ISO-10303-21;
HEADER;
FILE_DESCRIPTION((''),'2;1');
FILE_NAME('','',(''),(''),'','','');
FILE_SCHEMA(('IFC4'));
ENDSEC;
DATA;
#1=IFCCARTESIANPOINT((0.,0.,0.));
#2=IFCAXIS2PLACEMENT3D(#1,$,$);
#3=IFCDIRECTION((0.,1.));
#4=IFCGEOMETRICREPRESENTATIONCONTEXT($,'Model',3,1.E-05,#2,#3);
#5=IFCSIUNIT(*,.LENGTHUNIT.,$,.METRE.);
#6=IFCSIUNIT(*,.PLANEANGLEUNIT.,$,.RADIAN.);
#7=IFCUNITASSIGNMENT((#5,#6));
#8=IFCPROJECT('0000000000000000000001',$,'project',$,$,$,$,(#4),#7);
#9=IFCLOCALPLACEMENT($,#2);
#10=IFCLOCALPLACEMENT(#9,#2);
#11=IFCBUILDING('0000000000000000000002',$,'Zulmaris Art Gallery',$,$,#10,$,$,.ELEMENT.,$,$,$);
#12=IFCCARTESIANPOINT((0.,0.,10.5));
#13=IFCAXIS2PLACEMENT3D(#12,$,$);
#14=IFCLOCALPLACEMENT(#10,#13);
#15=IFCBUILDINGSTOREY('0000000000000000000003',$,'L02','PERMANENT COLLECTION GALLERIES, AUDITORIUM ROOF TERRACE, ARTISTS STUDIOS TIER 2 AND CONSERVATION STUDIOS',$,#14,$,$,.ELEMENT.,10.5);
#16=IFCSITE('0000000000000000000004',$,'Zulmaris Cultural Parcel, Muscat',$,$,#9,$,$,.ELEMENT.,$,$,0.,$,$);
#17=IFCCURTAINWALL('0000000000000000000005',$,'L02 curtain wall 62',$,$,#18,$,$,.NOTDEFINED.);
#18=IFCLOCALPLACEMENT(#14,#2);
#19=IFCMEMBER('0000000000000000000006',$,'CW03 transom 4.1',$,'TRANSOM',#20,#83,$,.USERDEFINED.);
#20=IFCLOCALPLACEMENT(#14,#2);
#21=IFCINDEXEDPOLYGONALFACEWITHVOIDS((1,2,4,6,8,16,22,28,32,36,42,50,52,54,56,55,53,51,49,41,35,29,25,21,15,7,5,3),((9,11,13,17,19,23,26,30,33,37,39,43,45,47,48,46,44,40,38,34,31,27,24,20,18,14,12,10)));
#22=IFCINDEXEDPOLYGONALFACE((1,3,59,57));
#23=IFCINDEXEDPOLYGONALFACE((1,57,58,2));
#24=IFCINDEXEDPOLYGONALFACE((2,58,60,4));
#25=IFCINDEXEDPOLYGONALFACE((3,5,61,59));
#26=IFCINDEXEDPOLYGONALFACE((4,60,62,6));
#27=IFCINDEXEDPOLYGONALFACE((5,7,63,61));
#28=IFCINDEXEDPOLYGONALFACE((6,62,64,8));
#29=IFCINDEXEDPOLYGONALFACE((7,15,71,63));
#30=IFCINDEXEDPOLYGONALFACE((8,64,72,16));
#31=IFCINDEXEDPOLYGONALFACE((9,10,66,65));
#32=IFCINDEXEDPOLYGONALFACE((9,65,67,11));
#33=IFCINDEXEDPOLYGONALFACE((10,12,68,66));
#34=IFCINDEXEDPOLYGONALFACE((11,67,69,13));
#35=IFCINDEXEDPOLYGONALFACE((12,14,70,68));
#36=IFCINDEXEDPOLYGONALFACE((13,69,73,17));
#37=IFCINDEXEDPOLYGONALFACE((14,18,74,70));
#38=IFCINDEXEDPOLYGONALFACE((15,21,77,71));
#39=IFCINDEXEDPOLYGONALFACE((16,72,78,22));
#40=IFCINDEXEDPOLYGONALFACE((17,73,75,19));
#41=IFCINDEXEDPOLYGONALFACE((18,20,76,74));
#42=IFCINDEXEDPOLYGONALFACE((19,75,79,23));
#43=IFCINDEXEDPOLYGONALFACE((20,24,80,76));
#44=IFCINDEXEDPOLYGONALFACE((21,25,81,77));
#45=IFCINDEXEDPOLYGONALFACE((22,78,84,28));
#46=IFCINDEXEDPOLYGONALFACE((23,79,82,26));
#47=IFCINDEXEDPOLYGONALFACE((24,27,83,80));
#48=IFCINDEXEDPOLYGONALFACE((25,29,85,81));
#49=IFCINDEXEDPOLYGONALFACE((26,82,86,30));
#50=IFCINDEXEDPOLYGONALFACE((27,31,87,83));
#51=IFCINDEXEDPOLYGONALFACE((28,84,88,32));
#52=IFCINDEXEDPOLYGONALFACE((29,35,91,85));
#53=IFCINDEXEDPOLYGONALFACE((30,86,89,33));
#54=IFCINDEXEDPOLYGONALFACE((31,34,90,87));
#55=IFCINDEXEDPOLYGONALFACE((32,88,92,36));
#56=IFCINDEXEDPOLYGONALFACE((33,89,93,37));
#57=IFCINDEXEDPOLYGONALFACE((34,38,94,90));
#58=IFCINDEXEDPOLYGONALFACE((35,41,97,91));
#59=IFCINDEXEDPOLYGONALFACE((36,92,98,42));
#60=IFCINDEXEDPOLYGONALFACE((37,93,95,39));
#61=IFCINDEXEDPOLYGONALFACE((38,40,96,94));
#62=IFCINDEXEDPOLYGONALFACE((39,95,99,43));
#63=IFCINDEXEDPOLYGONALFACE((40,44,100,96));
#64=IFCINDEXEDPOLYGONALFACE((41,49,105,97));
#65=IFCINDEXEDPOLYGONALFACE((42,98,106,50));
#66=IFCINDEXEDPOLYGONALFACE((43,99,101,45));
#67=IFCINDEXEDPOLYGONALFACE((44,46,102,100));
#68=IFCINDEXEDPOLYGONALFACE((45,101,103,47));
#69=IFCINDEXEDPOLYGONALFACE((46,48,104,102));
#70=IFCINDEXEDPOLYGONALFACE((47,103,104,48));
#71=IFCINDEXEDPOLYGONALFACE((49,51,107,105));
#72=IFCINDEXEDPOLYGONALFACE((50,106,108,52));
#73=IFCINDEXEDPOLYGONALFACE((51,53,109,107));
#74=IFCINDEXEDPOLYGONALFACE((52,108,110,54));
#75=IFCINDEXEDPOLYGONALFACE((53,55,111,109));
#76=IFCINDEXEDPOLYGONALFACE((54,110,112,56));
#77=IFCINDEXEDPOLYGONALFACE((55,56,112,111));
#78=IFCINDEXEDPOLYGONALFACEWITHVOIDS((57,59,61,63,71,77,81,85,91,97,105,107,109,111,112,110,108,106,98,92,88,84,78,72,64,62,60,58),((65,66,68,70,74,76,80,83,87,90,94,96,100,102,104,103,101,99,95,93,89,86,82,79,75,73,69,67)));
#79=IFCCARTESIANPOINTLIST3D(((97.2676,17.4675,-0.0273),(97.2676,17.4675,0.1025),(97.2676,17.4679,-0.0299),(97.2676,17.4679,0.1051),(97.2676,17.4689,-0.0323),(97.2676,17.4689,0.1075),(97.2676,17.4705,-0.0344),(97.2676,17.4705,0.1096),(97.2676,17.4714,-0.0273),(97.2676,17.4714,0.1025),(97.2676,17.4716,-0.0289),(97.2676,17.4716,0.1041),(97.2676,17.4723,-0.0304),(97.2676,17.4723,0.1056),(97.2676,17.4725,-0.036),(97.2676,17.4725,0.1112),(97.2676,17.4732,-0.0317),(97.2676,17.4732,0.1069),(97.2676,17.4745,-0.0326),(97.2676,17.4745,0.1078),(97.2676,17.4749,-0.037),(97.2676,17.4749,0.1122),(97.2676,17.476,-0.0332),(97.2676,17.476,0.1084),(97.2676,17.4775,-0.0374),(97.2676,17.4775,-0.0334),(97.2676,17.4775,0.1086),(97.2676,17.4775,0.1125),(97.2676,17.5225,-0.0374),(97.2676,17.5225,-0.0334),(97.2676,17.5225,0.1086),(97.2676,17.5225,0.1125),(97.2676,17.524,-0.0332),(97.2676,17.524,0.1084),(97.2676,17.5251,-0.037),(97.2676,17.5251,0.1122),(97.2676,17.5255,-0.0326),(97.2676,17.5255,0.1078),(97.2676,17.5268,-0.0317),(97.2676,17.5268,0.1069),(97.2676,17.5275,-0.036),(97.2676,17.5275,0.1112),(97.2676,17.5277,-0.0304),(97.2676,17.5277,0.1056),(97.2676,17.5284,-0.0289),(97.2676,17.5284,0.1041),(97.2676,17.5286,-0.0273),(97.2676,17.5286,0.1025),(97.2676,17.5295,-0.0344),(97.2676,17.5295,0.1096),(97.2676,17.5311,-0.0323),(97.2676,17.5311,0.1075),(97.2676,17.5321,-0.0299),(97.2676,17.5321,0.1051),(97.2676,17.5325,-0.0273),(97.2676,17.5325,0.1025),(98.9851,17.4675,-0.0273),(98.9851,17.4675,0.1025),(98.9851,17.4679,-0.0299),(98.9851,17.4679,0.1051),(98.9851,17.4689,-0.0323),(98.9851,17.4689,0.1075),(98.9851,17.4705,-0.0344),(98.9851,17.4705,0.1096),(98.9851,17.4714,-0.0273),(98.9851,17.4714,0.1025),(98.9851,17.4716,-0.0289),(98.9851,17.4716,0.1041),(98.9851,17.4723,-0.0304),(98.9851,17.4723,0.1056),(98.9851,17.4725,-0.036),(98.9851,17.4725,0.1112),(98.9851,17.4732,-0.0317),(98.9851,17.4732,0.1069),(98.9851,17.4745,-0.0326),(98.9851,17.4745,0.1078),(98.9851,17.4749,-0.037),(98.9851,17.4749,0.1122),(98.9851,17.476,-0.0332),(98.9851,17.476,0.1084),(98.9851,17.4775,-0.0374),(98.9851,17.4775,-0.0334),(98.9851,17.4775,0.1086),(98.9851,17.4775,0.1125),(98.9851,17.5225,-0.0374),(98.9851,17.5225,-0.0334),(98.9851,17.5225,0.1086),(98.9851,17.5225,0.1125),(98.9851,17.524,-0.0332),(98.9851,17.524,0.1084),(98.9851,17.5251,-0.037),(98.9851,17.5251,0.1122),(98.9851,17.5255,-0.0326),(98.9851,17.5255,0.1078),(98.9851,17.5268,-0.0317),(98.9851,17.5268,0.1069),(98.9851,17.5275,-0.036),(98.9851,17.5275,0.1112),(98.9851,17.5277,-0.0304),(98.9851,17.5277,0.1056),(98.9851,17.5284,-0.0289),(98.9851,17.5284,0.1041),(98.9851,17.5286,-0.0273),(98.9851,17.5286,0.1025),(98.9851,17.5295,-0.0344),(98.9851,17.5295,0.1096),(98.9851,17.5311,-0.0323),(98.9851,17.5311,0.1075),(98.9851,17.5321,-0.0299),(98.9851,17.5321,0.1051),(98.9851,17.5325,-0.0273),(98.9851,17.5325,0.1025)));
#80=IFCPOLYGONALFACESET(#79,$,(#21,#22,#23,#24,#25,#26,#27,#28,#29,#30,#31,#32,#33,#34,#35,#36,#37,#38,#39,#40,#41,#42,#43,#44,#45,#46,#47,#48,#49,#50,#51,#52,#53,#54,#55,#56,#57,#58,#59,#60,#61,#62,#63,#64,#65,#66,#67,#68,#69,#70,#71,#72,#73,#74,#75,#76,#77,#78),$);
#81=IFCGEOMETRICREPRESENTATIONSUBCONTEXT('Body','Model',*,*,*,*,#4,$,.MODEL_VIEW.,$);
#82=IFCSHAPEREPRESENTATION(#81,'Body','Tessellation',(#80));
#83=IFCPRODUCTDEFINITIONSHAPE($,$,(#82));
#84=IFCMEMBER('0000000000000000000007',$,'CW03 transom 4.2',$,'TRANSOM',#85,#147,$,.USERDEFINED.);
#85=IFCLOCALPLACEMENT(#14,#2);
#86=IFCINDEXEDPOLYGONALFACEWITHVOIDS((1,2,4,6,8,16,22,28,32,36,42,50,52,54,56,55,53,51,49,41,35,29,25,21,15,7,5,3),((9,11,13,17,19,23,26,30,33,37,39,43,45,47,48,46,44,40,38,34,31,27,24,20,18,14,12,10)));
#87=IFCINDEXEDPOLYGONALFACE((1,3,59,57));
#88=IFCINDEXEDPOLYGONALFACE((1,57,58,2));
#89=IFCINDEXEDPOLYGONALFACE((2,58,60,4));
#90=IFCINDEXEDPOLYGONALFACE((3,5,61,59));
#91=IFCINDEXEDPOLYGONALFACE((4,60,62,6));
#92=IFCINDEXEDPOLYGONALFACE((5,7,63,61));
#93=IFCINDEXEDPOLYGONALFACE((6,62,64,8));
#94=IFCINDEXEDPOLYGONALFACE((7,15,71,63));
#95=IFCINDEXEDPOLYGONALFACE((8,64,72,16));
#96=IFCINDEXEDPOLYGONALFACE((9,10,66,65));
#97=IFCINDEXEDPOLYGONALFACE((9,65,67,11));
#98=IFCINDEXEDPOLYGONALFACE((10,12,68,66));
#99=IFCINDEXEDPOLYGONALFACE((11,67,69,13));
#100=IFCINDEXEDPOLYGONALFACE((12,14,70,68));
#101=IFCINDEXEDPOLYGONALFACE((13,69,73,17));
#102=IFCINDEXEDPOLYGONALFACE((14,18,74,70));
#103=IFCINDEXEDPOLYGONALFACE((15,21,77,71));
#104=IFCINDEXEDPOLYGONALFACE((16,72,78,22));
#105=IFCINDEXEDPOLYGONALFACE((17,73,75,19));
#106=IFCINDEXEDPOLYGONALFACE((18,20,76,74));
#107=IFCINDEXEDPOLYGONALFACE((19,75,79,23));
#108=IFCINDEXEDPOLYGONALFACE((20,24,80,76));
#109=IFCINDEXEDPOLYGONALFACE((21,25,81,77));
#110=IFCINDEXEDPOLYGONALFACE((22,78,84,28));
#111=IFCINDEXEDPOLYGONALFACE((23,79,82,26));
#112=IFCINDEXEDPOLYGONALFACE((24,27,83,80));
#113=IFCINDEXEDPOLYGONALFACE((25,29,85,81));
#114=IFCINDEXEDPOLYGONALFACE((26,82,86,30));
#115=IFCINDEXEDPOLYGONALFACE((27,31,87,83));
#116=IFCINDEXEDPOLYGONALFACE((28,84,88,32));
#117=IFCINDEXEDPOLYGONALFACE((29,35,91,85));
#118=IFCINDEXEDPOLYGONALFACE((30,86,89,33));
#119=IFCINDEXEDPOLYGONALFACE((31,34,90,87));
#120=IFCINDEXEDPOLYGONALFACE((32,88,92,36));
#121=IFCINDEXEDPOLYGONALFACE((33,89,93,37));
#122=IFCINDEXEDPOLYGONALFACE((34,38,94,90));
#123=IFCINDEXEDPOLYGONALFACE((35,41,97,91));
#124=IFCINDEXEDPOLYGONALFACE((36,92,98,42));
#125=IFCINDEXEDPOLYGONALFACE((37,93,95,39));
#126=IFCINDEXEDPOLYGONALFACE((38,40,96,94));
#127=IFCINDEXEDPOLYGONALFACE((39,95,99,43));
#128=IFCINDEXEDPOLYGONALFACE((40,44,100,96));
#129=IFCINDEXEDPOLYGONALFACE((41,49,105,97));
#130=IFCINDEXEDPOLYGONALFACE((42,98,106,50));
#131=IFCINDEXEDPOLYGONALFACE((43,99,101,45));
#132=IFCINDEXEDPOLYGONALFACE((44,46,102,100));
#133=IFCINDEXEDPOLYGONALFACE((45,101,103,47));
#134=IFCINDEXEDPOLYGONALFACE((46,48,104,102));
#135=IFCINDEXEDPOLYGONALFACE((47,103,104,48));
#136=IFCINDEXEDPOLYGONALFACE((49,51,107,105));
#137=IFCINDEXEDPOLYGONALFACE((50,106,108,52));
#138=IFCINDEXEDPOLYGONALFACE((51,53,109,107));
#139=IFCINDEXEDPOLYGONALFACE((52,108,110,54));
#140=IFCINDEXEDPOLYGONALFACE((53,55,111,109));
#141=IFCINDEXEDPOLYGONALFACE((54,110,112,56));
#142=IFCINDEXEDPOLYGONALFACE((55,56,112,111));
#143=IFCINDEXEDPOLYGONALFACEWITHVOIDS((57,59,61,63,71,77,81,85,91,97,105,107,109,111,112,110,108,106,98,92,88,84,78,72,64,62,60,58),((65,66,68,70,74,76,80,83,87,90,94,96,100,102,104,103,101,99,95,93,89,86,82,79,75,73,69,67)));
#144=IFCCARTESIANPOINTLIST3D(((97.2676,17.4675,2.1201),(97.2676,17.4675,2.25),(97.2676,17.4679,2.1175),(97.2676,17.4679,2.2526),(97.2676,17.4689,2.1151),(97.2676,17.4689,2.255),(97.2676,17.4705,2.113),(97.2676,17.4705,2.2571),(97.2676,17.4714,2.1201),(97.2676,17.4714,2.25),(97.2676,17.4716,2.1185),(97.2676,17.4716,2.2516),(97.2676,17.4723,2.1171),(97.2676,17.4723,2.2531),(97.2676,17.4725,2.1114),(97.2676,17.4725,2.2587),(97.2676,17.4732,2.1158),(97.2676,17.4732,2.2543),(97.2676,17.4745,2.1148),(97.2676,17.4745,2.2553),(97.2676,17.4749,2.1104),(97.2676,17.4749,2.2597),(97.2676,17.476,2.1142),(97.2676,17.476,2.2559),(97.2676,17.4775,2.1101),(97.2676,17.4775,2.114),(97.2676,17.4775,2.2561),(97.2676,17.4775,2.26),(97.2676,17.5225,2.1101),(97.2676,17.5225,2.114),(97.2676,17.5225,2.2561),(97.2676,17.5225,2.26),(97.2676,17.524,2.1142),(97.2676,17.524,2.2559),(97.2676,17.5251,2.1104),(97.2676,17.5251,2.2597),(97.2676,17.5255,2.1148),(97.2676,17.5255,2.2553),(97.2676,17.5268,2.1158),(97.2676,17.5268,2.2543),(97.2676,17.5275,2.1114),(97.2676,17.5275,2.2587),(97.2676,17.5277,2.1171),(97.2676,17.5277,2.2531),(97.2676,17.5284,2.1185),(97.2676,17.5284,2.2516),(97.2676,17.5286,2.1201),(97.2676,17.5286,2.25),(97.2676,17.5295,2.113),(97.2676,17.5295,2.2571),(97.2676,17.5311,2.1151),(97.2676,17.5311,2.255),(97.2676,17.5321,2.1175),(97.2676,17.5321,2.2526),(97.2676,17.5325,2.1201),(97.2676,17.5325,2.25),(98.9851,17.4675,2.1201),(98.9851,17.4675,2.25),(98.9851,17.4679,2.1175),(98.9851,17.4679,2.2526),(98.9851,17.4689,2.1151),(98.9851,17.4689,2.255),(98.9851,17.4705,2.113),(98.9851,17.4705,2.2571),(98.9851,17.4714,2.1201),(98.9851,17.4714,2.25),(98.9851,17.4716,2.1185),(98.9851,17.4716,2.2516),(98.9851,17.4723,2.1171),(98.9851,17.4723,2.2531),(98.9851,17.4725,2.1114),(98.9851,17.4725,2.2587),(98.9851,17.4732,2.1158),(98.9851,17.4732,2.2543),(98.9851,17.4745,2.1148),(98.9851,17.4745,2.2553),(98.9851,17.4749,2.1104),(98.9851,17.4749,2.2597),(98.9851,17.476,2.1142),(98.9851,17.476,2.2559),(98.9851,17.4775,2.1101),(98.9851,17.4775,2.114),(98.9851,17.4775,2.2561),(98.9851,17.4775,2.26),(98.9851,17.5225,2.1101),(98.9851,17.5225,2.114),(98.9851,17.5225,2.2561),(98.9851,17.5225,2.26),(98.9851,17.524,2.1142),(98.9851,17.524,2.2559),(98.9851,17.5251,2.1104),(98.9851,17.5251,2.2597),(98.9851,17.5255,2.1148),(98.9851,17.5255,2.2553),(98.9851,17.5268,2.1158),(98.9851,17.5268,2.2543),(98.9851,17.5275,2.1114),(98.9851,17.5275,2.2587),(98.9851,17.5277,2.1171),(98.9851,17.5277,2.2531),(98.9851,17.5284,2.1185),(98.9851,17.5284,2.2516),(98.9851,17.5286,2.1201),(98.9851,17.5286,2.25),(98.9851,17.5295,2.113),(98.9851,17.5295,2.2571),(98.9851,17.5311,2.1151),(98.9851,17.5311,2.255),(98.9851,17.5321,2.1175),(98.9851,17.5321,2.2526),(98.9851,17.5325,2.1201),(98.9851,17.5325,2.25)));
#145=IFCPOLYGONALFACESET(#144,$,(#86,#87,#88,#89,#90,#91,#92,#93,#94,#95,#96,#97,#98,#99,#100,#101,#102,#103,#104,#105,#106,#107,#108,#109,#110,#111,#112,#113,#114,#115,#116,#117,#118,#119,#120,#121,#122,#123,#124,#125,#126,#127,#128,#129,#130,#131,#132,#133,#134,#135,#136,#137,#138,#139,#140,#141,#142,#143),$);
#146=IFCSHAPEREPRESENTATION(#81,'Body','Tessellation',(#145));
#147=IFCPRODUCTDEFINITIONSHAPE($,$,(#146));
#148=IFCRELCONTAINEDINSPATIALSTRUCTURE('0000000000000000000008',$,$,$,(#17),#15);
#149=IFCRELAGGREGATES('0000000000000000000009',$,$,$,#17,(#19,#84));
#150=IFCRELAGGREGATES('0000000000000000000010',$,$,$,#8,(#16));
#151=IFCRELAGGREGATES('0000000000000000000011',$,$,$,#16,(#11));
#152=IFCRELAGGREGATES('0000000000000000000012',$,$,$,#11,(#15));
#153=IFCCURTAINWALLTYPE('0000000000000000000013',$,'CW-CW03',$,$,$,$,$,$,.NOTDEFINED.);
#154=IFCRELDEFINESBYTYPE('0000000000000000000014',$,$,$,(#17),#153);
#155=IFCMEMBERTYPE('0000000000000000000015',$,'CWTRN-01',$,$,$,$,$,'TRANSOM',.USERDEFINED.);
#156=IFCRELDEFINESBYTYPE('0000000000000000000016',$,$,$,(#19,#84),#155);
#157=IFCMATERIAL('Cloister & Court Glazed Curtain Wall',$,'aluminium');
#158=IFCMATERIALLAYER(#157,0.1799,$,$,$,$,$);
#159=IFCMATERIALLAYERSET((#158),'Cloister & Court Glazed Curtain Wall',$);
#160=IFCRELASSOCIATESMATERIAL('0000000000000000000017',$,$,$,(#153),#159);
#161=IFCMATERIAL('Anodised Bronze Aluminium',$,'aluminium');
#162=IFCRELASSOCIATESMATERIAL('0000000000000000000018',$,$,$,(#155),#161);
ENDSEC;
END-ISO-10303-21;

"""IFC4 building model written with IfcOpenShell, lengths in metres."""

from ifc_helpers import new_model, si_unit, direction, frame, origin, origin_2d, place, context, subcontext, project, spatial, hollow_rectangle, extrude, material, layer, layer_set, material_profile, profile_set, type_object, element, aggregate, save


model = new_model("IFC4")

# Units and contexts
model_context = context("Model", 3, precision=1e-05, world=origin(), true_north=direction((0.0, 1.0)))
body_context = subcontext(model_context, "Body", "Model", "MODEL_VIEW")
ifc_project = project(units=[si_unit("LENGTHUNIT", "METRE"), si_unit("PLANEANGLEUNIT", "RADIAN")], contexts=[model_context])

# Site, building, storey
site_placement = place(None, origin())
site = spatial("IfcSite", under=ifc_project, at=site_placement, Name="Zulmaris Cultural Parcel, Muscat", CompositionType="ELEMENT", RefElevation=0.0)
building_placement = place(site_placement, origin())
building = spatial("IfcBuilding", under=site, at=building_placement, Name="Zulmaris Art Gallery", CompositionType="ELEMENT")
storey_placement = place(building_placement, frame((0.0, 0.0, 10.5)))
storey = spatial("IfcBuildingStorey", under=building, at=storey_placement, Name="L02", Description="PERMANENT COLLECTION GALLERIES, AUDITORIUM ROOF TERRACE, ARTISTS STUDIOS TIER 2 AND CONSERVATION STUDIOS", CompositionType="ELEMENT", Elevation=10.5)

# Curtain wall
ifc_material_1 = material(Name="Cloister & Court Glazed Curtain Wall", Category="aluminium")
ifc_layer_1 = layer(ifc_material_1, 0.1799)
ifc_layer_set_1 = layer_set([ifc_layer_1], Name="Cloister & Court Glazed Curtain Wall")
curtain_wall_type = type_object("IfcCurtainWallType", Name="CW-CW03", PredefinedType="NOTDEFINED", material=ifc_layer_set_1)
curtain_wall_1_placement = place(storey_placement, origin())
curtain_wall_1 = element("IfcCurtainWall", 1, at=curtain_wall_1_placement, inside=storey, type_object=curtain_wall_type, Name="L02 curtain wall 62", PredefinedType="NOTDEFINED")
ifc_material_2 = material(Name="Anodised Bronze Aluminium", Category="aluminium")

# Members
ifc_material_profile_1 = material_profile(ifc_material_2, hollow_rectangle(XDim=0.0649, YDim=0.1499, WallThickness=0.0039, InnerFilletRadius=0.0061, OuterFilletRadius=0.01, at=origin_2d()), Name="ALU 65x150x4")
ifc_profile_set_1 = profile_set([ifc_material_profile_1], Name="Anodised Bronze Aluminium")
member_type_1 = type_object("IfcMemberType", Name="CWTRN-01", ElementType="TRANSOM", PredefinedType="USERDEFINED", material=ifc_profile_set_1)
member_1_placement = place(storey_placement, frame((97.2676, 17.5, 0.0376), z_axis=(1.0, 0.0, 0.0), x_axis=(0.0, 1.0, 0.0)))
member_1 = element("IfcMember", 2, at=member_1_placement, type_object=member_type_1, Name="CW03 transom 4.1", ObjectType="TRANSOM", PredefinedType="USERDEFINED", context=body_context, shape_type="SweptSolid", body=[
    extrude(hollow_rectangle(XDim=0.0649, YDim=0.1499, WallThickness=0.0039, InnerFilletRadius=0.0061, OuterFilletRadius=0.01, at=origin_2d()), origin(), (0.0, 0.0, 1.0), 1.7175),
])
member_2_placement = place(storey_placement, frame((97.2676, 17.5, 2.1851), z_axis=(1.0, 0.0, 0.0), x_axis=(0.0, 1.0, 0.0)))
member_2 = element("IfcMember", 3, at=member_2_placement, type_object=member_type_1, Name="CW03 transom 4.2", ObjectType="TRANSOM", PredefinedType="USERDEFINED", context=body_context, shape_type="SweptSolid", body=[
    extrude(hollow_rectangle(XDim=0.0649, YDim=0.1499, WallThickness=0.0039, InnerFilletRadius=0.0061, OuterFilletRadius=0.01, at=origin_2d()), origin(), (0.0, 0.0, 1.0), 1.7175),
])

aggregate(curtain_wall_1, [member_1, member_2])

save(model, "model.ifc")
